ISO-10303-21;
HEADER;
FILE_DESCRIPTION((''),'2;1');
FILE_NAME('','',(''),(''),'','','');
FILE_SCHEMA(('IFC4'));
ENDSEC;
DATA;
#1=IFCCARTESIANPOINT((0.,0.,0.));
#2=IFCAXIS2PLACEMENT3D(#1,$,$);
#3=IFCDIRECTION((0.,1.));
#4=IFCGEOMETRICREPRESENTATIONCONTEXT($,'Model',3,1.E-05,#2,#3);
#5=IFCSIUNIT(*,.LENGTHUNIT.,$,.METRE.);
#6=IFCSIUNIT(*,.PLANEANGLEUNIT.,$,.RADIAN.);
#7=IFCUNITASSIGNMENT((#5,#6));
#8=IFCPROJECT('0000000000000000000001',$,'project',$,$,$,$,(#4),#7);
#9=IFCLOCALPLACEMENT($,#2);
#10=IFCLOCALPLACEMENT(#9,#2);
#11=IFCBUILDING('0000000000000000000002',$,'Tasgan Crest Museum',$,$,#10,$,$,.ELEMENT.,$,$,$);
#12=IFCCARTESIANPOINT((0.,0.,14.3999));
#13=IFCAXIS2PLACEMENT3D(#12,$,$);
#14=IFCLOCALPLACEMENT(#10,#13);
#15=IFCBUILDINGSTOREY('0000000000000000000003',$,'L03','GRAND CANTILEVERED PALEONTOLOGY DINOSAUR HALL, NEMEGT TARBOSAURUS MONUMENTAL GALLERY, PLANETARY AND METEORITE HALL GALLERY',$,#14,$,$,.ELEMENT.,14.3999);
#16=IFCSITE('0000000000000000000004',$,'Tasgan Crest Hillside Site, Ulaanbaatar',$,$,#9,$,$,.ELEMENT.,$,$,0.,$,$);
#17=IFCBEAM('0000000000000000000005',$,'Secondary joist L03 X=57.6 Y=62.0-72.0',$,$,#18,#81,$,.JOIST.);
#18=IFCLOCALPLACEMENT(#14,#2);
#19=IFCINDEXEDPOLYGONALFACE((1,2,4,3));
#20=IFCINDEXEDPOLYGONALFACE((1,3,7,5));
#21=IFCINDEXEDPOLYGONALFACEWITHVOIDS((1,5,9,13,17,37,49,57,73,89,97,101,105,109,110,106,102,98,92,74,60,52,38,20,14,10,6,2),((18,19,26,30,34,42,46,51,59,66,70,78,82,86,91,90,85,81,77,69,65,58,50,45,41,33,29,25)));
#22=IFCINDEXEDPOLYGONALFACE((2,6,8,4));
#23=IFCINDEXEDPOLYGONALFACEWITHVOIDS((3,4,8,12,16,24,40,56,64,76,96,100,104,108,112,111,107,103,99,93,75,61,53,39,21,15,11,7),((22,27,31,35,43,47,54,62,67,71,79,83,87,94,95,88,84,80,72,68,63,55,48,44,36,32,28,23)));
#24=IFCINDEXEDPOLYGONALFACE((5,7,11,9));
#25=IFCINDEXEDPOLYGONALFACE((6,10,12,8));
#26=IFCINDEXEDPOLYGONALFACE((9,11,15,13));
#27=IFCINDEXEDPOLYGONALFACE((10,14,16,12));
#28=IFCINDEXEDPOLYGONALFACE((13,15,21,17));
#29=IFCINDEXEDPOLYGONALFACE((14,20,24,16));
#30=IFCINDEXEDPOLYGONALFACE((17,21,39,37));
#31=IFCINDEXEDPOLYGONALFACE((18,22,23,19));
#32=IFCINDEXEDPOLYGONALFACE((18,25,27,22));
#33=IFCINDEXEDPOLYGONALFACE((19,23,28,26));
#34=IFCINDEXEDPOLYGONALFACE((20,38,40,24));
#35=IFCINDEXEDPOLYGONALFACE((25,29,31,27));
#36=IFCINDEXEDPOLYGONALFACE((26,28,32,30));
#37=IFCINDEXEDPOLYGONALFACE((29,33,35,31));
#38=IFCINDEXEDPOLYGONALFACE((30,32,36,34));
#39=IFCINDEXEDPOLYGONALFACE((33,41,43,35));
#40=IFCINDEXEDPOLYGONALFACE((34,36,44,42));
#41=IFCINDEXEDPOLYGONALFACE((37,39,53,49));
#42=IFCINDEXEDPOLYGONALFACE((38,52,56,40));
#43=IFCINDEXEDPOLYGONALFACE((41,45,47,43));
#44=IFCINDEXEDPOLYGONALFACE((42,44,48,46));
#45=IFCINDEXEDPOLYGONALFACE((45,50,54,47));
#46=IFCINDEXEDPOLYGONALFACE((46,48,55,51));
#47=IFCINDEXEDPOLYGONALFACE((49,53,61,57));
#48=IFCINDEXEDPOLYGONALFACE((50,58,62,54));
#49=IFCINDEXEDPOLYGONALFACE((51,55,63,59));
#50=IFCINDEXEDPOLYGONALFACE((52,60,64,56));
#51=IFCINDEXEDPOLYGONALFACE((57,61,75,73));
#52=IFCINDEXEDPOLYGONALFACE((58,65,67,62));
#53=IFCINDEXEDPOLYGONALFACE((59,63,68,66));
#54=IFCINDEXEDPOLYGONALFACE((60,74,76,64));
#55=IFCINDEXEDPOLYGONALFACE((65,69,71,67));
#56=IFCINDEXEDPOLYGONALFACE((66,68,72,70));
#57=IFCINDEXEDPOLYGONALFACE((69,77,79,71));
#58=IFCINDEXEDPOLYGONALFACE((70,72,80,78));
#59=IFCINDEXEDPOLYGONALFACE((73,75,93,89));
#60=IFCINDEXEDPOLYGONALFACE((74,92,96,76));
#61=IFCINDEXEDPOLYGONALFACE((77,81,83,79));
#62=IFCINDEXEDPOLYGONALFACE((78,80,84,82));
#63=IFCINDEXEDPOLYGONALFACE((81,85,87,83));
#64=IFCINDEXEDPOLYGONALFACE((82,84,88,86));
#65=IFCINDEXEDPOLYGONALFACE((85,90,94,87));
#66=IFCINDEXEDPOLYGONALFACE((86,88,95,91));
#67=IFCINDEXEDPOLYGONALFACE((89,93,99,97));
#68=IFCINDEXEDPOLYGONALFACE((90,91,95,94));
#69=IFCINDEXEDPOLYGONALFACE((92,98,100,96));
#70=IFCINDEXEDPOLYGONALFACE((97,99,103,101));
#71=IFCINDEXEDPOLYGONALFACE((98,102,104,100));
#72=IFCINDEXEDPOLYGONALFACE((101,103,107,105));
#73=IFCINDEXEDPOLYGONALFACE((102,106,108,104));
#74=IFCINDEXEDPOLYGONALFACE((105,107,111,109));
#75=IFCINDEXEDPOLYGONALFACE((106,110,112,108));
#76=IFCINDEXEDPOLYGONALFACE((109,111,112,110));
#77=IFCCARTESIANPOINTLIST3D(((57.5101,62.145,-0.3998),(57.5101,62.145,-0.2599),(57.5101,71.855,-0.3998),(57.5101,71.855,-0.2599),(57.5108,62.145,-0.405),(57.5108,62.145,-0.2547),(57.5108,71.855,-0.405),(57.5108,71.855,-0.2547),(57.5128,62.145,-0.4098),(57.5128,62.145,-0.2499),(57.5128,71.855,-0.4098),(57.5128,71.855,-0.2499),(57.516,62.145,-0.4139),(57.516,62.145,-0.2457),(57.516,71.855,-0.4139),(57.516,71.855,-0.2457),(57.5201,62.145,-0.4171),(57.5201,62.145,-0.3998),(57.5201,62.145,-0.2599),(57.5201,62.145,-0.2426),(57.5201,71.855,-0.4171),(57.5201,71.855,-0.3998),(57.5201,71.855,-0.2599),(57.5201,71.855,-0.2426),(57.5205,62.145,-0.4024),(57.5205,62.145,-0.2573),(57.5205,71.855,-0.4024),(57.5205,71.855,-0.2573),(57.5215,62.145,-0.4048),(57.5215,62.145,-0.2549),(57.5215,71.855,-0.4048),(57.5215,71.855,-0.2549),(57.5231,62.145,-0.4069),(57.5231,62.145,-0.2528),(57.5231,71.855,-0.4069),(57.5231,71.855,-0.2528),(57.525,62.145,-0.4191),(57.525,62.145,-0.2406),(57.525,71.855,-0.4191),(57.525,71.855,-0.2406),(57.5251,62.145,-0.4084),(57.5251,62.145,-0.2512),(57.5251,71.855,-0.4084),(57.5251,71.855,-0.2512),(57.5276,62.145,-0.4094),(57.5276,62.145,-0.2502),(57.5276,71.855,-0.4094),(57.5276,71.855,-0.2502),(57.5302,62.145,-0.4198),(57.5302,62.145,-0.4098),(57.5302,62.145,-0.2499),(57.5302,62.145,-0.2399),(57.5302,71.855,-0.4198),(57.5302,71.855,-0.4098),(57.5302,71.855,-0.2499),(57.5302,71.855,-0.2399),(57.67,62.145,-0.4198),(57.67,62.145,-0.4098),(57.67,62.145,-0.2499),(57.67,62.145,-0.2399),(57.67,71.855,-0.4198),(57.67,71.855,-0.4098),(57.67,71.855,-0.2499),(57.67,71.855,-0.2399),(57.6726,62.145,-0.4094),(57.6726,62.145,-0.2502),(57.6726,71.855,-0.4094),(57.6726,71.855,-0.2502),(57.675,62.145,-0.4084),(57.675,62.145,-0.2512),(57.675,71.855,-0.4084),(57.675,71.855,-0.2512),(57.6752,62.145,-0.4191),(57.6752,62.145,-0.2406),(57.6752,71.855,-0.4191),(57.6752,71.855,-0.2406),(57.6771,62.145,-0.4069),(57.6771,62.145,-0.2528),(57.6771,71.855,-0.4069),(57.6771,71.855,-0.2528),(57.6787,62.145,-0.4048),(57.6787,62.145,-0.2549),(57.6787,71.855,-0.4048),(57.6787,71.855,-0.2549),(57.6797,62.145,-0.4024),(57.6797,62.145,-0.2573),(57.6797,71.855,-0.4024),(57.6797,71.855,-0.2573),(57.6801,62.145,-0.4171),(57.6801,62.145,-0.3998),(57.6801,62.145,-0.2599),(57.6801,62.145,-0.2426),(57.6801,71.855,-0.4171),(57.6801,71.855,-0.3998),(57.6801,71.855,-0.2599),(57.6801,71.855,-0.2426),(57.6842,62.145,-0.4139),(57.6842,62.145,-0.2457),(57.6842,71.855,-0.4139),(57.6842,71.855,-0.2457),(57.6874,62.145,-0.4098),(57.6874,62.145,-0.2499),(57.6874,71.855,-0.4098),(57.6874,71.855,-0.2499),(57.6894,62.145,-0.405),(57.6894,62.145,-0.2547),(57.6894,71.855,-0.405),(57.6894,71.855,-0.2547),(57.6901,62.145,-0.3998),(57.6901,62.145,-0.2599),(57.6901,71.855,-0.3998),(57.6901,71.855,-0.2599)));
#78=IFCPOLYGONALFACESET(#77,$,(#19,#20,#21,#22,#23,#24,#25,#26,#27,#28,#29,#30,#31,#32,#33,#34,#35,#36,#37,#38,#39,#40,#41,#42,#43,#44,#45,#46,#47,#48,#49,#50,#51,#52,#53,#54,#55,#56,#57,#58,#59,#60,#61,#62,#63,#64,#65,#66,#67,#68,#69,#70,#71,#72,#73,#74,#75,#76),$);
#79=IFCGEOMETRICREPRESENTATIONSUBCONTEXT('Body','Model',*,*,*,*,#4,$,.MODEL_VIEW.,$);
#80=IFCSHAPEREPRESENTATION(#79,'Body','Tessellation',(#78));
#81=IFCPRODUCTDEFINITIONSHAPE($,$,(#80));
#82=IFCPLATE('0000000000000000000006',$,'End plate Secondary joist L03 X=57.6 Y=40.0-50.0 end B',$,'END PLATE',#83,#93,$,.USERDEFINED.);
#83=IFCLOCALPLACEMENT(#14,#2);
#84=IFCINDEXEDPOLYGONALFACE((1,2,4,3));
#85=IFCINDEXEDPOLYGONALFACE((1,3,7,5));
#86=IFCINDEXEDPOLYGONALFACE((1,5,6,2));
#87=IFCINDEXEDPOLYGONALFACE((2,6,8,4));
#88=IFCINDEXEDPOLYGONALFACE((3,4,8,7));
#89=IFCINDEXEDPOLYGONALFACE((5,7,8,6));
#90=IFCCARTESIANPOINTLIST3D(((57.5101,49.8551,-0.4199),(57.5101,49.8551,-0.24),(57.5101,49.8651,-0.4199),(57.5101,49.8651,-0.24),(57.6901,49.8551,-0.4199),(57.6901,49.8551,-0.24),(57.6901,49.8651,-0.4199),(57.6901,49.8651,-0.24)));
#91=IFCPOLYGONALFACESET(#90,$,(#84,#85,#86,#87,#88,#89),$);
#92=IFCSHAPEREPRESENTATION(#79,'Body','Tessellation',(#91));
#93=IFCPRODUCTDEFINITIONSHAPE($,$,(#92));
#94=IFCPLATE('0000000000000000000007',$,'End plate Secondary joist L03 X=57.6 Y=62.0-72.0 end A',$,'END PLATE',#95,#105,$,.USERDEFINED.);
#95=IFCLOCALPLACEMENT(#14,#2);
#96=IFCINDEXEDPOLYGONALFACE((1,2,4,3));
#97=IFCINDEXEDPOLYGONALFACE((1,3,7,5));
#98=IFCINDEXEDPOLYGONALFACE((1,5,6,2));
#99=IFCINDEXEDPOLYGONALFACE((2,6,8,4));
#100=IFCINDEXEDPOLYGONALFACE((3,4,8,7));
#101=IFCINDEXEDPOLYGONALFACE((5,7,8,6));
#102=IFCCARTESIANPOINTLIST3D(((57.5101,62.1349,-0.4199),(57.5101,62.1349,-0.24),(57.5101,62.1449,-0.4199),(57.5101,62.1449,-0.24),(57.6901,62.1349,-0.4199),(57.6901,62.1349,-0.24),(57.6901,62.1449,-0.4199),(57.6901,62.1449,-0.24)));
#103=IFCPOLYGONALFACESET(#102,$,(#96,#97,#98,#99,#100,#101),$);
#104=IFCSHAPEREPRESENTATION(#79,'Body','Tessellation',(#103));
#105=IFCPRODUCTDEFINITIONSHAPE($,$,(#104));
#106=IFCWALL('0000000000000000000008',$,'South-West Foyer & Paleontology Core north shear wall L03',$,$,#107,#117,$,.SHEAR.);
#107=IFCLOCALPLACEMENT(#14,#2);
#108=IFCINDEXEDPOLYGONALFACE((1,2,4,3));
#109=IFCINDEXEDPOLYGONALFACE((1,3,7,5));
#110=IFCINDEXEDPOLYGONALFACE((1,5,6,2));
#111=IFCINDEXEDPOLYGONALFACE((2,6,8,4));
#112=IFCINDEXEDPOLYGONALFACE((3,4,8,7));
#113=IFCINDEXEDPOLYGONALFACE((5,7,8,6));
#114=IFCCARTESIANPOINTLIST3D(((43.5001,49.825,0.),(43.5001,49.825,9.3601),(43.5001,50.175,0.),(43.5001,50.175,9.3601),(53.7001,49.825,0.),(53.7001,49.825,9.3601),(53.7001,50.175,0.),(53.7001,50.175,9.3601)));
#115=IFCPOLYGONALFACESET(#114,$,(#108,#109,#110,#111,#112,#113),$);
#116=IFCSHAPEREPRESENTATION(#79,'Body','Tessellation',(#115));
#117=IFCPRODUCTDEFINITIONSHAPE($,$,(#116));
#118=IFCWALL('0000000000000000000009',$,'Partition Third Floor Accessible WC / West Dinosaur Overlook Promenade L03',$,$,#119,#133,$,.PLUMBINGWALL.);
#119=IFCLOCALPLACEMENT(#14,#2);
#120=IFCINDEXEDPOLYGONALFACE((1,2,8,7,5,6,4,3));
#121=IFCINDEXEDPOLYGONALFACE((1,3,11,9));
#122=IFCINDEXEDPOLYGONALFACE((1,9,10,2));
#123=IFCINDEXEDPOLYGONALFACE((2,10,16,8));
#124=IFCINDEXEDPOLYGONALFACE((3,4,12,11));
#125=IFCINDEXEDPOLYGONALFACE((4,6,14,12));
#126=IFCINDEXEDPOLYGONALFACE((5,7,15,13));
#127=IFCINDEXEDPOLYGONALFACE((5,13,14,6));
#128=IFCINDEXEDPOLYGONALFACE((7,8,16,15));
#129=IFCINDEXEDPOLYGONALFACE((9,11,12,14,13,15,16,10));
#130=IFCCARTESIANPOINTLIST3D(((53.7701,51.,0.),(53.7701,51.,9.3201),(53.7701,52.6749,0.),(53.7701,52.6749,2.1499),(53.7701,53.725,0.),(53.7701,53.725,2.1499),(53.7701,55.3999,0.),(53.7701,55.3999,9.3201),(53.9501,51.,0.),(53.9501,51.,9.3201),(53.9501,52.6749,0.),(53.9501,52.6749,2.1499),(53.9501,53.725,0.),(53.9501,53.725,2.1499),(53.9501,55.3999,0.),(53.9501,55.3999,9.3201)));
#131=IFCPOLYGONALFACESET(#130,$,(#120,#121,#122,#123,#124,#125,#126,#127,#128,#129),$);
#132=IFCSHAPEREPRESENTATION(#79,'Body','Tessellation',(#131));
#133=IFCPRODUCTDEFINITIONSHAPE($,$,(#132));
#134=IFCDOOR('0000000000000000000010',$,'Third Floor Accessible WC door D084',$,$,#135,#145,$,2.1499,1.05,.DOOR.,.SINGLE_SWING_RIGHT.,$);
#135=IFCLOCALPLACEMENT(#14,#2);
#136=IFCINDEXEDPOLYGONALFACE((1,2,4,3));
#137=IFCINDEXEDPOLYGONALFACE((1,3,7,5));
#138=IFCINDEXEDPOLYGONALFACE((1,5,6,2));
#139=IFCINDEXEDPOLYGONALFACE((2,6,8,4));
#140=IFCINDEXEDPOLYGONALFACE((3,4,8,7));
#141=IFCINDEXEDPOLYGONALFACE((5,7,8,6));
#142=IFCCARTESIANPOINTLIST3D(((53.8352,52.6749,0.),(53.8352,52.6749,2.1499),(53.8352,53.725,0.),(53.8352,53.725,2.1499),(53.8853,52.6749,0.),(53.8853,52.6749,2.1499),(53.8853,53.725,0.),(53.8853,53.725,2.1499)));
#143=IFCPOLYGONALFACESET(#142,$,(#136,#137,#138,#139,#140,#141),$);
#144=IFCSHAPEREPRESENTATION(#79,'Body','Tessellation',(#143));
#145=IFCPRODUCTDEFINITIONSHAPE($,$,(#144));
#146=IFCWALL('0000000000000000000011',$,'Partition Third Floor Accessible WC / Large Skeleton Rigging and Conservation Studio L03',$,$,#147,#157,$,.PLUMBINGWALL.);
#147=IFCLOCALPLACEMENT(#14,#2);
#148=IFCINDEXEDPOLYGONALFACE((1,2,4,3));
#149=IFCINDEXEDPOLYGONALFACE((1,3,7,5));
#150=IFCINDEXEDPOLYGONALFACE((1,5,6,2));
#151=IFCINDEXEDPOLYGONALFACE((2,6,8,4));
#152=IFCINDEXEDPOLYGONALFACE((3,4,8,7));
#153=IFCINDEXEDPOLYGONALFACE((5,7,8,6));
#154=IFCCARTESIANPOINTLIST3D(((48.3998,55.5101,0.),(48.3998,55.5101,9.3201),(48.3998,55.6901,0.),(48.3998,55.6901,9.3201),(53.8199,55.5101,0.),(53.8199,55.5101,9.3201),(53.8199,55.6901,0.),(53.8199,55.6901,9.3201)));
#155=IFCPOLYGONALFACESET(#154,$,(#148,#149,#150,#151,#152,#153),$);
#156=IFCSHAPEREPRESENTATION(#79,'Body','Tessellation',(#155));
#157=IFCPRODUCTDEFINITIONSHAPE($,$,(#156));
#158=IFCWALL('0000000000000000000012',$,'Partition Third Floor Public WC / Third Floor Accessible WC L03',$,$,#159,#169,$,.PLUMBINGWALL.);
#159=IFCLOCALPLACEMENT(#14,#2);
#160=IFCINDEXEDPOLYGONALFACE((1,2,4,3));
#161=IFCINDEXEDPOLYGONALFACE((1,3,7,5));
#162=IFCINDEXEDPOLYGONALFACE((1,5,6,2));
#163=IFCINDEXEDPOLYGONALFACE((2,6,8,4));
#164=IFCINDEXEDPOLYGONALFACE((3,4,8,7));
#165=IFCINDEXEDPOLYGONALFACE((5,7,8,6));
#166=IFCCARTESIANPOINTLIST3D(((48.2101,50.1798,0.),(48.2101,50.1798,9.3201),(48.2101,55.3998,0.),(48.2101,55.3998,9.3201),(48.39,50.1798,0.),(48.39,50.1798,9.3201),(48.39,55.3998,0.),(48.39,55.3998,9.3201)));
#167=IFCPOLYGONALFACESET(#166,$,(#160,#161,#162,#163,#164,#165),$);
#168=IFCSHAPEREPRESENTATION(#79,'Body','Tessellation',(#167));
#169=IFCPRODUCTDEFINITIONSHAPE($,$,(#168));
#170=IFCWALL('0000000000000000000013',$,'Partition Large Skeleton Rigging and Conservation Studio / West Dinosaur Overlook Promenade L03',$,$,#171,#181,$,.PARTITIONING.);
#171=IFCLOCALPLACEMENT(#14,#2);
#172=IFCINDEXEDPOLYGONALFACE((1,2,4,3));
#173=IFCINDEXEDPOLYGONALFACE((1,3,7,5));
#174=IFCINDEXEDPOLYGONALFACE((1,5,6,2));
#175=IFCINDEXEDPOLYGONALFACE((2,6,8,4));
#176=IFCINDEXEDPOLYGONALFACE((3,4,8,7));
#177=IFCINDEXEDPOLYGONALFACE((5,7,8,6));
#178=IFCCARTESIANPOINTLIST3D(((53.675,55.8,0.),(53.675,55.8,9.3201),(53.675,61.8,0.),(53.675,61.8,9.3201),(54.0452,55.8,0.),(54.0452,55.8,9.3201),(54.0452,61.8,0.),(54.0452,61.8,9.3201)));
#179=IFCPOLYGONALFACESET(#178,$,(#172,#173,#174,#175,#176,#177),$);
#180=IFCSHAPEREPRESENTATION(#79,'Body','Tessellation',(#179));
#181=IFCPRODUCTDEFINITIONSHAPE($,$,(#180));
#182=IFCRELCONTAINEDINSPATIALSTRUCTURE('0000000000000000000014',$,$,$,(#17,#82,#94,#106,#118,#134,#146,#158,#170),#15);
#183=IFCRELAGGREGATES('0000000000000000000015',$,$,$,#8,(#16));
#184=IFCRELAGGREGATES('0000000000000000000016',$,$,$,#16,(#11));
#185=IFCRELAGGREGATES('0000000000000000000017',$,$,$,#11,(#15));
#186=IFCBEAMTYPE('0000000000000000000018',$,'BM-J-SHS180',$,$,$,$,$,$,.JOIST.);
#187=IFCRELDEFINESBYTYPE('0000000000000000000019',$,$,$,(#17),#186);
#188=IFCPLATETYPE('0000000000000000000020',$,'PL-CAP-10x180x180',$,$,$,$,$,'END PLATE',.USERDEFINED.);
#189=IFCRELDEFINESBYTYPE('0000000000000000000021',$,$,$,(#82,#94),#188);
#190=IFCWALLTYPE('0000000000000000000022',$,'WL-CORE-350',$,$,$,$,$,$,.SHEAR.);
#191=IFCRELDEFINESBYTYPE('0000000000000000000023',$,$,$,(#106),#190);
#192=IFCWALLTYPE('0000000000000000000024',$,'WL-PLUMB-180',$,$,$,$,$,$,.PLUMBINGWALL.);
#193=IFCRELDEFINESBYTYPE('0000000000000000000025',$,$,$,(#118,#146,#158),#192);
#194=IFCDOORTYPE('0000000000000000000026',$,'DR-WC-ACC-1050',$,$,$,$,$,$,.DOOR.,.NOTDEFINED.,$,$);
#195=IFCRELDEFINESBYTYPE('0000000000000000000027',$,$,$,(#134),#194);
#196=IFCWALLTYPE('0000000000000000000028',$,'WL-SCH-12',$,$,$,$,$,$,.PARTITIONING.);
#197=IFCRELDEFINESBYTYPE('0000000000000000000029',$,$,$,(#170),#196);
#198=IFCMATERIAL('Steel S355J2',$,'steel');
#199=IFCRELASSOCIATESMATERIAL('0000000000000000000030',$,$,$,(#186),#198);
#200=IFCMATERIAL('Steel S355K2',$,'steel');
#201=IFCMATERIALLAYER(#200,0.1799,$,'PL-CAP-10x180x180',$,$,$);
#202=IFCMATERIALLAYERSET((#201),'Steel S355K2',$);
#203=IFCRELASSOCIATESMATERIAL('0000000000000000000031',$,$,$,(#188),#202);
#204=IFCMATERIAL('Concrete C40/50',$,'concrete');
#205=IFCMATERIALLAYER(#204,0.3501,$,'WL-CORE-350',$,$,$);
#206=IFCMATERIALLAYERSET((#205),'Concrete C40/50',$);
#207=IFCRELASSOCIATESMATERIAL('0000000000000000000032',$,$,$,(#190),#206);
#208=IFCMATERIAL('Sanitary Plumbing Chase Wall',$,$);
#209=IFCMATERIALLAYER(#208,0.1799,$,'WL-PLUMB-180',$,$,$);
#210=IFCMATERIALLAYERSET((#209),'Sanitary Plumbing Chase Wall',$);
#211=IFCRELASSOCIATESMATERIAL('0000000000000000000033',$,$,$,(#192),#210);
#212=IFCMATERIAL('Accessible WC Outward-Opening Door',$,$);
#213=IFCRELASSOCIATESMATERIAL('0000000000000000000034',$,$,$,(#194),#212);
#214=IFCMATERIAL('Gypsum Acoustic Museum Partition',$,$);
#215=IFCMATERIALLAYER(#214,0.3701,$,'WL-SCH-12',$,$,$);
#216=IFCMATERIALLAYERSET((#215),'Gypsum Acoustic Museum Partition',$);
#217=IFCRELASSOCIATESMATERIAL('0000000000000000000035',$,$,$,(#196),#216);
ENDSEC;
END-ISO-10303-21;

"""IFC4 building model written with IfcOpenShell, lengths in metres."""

from ifc_helpers import new_model, si_unit, direction, frame, frame_2d, origin, origin_2d, place, context, subcontext, project, spatial, rectangle, hollow_rectangle, extrude, material, layer, layer_set, material_profile, profile_set, type_object, element, fill, save


model = new_model("IFC4")

# Units and contexts
model_context = context("Model", 3, precision=1e-05, world=origin(), true_north=direction((0.0, 1.0)))
body_context = subcontext(model_context, "Body", "Model", "MODEL_VIEW")
ifc_project = project(units=[si_unit("LENGTHUNIT", "METRE"), si_unit("PLANEANGLEUNIT", "RADIAN")], contexts=[model_context])

# Site, building, storey
site_placement = place(None, origin())
site = spatial("IfcSite", under=ifc_project, at=site_placement, Name="Tasgan Crest Hillside Site, Ulaanbaatar", CompositionType="ELEMENT", RefElevation=0.0)
building_placement = place(site_placement, origin())
building = spatial("IfcBuilding", under=site, at=building_placement, Name="Tasgan Crest Museum", CompositionType="ELEMENT")
storey_placement = place(building_placement, frame((0.0, 0.0, 14.3999)))
storey = spatial("IfcBuildingStorey", under=building, at=storey_placement, Name="L03", Description="GRAND CANTILEVERED PALEONTOLOGY DINOSAUR HALL, NEMEGT TARBOSAURUS MONUMENTAL GALLERY, PLANETARY AND METEORITE HALL GALLERY", CompositionType="ELEMENT", Elevation=14.3999)

# Beam
ifc_material_1 = material(Name="Steel S355J2", Category="steel")
ifc_material_profile_1 = material_profile(ifc_material_1, hollow_rectangle(XDim=0.1799, YDim=0.1799, WallThickness=0.01, InnerFilletRadius=0.01, OuterFilletRadius=0.02, at=origin_2d()), Name="SHS 180x180x10")
ifc_profile_set_1 = profile_set([ifc_material_profile_1], Name="Steel S355J2")
beam_type_1 = type_object("IfcBeamType", Name="BM-J-SHS180", PredefinedType="JOIST", material=ifc_profile_set_1)
beam_1_placement = place(storey_placement, frame((57.6001, 62.145, -0.3298), z_axis=(0.0, 1.0, 0.0), x_axis=(-1.0, 0.0, 0.0)))
element("IfcBeam", 1, at=beam_1_placement, inside=storey, type_object=beam_type_1, Name="Secondary joist L03 X=57.6 Y=62.0-72.0", PredefinedType="JOIST", context=body_context, shape_type="SweptSolid", body=[
    extrude(hollow_rectangle(XDim=0.1799, YDim=0.1799, WallThickness=0.01, InnerFilletRadius=0.01, OuterFilletRadius=0.02, at=origin_2d()), origin(), (0.0, 0.0, 1.0), 9.71),
])

# Plates
ifc_material_2 = material(Name="Steel S355K2", Category="steel")
ifc_layer_1 = layer(ifc_material_2, 0.1799, Name="PL-CAP-10x180x180")
ifc_layer_set_1 = layer_set([ifc_layer_1], Name="Steel S355K2")
plate_type = type_object("IfcPlateType", Name="PL-CAP-10x180x180", ElementType="END PLATE", PredefinedType="USERDEFINED", material=ifc_layer_set_1)
for number, where, z_axis, x_axis, name in (
    (2, (57.6001, 49.8601, -0.4199), (0.0, 0.0, 1.0), (0.0, 1.0, 0.0), "End plate Secondary joist L03 X=57.6 Y=40.0-50.0 end B"),
    (3, (57.6001, 62.1399, -0.4199), (0.0, 0.0, 1.0), (0.0, 1.0, 0.0), "End plate Secondary joist L03 X=57.6 Y=62.0-72.0 end A"),
):
    element("IfcPlate", number, at=place(storey_placement, frame(where, z_axis=z_axis, x_axis=x_axis)), inside=storey, type_object=plate_type, Name=name, ObjectType="END PLATE", PredefinedType="USERDEFINED", context=body_context, shape_type="SweptSolid", body=[
        extrude(rectangle(XDim=0.01, YDim=0.1799, at=origin_2d()), origin(), (0.0, 0.0, 1.0), 0.1799),
    ])

# Wall
ifc_material_3 = material(Name="Concrete C40/50", Category="concrete")
ifc_layer_2 = layer(ifc_material_3, 0.3501, Name="WL-CORE-350")
ifc_layer_set_2 = layer_set([ifc_layer_2], Name="Concrete C40/50")
wall_type_1 = type_object("IfcWallType", Name="WL-CORE-350", PredefinedType="SHEAR", material=ifc_layer_set_2)
wall_1_placement = place(storey_placement, frame((43.5, 50.0, 0.0), z_axis=(0.0, 0.0, 1.0), x_axis=(1.0, 0.0, 0.0)))
element("IfcWall", 4, at=wall_1_placement, inside=storey, type_object=wall_type_1, Name="South-West Foyer & Paleontology Core north shear wall L03", PredefinedType="SHEAR", context=body_context, shape_type="SweptSolid", body=[
    extrude(rectangle(XDim=10.2, YDim=0.3501, at=frame_2d((5.1001, 0.0))), origin(), (0.0, 0.0, 1.0), 9.3601),
])

# Wall, opening, door
ifc_material_4 = material(Name="Sanitary Plumbing Chase Wall")
ifc_layer_3 = layer(ifc_material_4, 0.1799, Name="WL-PLUMB-180")
ifc_layer_set_3 = layer_set([ifc_layer_3], Name="Sanitary Plumbing Chase Wall")
wall_type_2 = type_object("IfcWallType", Name="WL-PLUMB-180", PredefinedType="PLUMBINGWALL", material=ifc_layer_set_3)
wall_2_placement = place(storey_placement, frame((53.8601, 51.0, 0.0), z_axis=(0.0, 0.0, 1.0), x_axis=(0.0, 1.0, 0.0)))
wall_2 = element("IfcWall", 5, at=wall_2_placement, inside=storey, type_object=wall_type_2, Name="Partition Third Floor Accessible WC / West Dinosaur Overlook Promenade L03", PredefinedType="PLUMBINGWALL", context=body_context, shape_type="SweptSolid", body=[
    extrude(rectangle(XDim=4.3999, YDim=0.1799, at=frame_2d((2.2, 0.0))), origin(), (0.0, 0.0, 1.0), 9.3201),
])
opening_placement = place(wall_2_placement, frame((1.675, 0.0, 0.0)))
opening = element("IfcOpeningElement", 6, at=opening_placement, cuts=wall_2, PredefinedType="OPENING", context=body_context, shape_type="SweptSolid", body=[
    extrude(rectangle(XDim=1.05, YDim=2.1499, at=frame_2d((0.5249, 1.075))), frame((0.0, 0.0999, 0.0), z_axis=(0.0, -1.0, 0.0), x_axis=(1.0, 0.0, 0.0)), (0.0, 0.0, 1.0), 0.2),
])
ifc_material_5 = material(Name="Accessible WC Outward-Opening Door")
door_type = type_object("IfcDoorType", Name="DR-WC-ACC-1050", OperationType="NOTDEFINED", PredefinedType="DOOR", material=ifc_material_5)
door_placement = place(opening_placement, origin())
door = element("IfcDoor", 7, at=door_placement, inside=storey, type_object=door_type, Name="Third Floor Accessible WC door D084", OperationType="SINGLE_SWING_RIGHT", OverallHeight=2.1499, OverallWidth=1.05, PredefinedType="DOOR", context=body_context, shape_type="SweptSolid", body=[
    extrude(rectangle(XDim=1.05, YDim=2.1499, at=frame_2d((0.5249, 1.075))), frame((0.0, 0.0249, 0.0), z_axis=(0.0, -1.0, 0.0), x_axis=(1.0, 0.0, 0.0)), (0.0, 0.0, 1.0), 0.05),
])
fill(opening, door)

# Walls
wall_3_placement = place(storey_placement, frame((48.3999, 55.6001, 0.0), z_axis=(0.0, 0.0, 1.0), x_axis=(1.0, 0.0, 0.0)))
element("IfcWall", 8, at=wall_3_placement, inside=storey, type_object=wall_type_2, Name="Partition Third Floor Accessible WC / Large Skeleton Rigging and Conservation Studio L03", PredefinedType="PLUMBINGWALL", context=body_context, shape_type="SweptSolid", body=[
    extrude(rectangle(XDim=5.4202, YDim=0.1799, at=frame_2d((2.71, 0.0))), origin(), (0.0, 0.0, 1.0), 9.3201),
])
wall_4_placement = place(storey_placement, frame((48.3, 50.1799, 0.0), z_axis=(0.0, 0.0, 1.0), x_axis=(0.0, 1.0, 0.0)))
element("IfcWall", 9, at=wall_4_placement, inside=storey, type_object=wall_type_2, Name="Partition Third Floor Public WC / Third Floor Accessible WC L03", PredefinedType="PLUMBINGWALL", context=body_context, shape_type="SweptSolid", body=[
    extrude(rectangle(XDim=5.22, YDim=0.1799, at=frame_2d((2.6099, 0.0))), origin(), (0.0, 0.0, 1.0), 9.3201),
])
ifc_material_6 = material(Name="Gypsum Acoustic Museum Partition")
ifc_layer_4 = layer(ifc_material_6, 0.3701, Name="WL-SCH-12")
ifc_layer_set_4 = layer_set([ifc_layer_4], Name="Gypsum Acoustic Museum Partition")
wall_type_3 = type_object("IfcWallType", Name="WL-SCH-12", PredefinedType="PARTITIONING", material=ifc_layer_set_4)
wall_5_placement = place(storey_placement, frame((53.8601, 55.8, 0.0), z_axis=(0.0, 0.0, 1.0), x_axis=(0.0, 1.0, 0.0)))
element("IfcWall", 10, at=wall_5_placement, inside=storey, type_object=wall_type_3, Name="Partition Large Skeleton Rigging and Conservation Studio / West Dinosaur Overlook Promenade L03", PredefinedType="PARTITIONING", context=body_context, shape_type="SweptSolid", body=[
    extrude(rectangle(XDim=6.0, YDim=0.3701, at=frame_2d((3.0, 0.0))), origin(), (0.0, 0.0, 1.0), 9.3201),
])

save(model, "model.ifc")
